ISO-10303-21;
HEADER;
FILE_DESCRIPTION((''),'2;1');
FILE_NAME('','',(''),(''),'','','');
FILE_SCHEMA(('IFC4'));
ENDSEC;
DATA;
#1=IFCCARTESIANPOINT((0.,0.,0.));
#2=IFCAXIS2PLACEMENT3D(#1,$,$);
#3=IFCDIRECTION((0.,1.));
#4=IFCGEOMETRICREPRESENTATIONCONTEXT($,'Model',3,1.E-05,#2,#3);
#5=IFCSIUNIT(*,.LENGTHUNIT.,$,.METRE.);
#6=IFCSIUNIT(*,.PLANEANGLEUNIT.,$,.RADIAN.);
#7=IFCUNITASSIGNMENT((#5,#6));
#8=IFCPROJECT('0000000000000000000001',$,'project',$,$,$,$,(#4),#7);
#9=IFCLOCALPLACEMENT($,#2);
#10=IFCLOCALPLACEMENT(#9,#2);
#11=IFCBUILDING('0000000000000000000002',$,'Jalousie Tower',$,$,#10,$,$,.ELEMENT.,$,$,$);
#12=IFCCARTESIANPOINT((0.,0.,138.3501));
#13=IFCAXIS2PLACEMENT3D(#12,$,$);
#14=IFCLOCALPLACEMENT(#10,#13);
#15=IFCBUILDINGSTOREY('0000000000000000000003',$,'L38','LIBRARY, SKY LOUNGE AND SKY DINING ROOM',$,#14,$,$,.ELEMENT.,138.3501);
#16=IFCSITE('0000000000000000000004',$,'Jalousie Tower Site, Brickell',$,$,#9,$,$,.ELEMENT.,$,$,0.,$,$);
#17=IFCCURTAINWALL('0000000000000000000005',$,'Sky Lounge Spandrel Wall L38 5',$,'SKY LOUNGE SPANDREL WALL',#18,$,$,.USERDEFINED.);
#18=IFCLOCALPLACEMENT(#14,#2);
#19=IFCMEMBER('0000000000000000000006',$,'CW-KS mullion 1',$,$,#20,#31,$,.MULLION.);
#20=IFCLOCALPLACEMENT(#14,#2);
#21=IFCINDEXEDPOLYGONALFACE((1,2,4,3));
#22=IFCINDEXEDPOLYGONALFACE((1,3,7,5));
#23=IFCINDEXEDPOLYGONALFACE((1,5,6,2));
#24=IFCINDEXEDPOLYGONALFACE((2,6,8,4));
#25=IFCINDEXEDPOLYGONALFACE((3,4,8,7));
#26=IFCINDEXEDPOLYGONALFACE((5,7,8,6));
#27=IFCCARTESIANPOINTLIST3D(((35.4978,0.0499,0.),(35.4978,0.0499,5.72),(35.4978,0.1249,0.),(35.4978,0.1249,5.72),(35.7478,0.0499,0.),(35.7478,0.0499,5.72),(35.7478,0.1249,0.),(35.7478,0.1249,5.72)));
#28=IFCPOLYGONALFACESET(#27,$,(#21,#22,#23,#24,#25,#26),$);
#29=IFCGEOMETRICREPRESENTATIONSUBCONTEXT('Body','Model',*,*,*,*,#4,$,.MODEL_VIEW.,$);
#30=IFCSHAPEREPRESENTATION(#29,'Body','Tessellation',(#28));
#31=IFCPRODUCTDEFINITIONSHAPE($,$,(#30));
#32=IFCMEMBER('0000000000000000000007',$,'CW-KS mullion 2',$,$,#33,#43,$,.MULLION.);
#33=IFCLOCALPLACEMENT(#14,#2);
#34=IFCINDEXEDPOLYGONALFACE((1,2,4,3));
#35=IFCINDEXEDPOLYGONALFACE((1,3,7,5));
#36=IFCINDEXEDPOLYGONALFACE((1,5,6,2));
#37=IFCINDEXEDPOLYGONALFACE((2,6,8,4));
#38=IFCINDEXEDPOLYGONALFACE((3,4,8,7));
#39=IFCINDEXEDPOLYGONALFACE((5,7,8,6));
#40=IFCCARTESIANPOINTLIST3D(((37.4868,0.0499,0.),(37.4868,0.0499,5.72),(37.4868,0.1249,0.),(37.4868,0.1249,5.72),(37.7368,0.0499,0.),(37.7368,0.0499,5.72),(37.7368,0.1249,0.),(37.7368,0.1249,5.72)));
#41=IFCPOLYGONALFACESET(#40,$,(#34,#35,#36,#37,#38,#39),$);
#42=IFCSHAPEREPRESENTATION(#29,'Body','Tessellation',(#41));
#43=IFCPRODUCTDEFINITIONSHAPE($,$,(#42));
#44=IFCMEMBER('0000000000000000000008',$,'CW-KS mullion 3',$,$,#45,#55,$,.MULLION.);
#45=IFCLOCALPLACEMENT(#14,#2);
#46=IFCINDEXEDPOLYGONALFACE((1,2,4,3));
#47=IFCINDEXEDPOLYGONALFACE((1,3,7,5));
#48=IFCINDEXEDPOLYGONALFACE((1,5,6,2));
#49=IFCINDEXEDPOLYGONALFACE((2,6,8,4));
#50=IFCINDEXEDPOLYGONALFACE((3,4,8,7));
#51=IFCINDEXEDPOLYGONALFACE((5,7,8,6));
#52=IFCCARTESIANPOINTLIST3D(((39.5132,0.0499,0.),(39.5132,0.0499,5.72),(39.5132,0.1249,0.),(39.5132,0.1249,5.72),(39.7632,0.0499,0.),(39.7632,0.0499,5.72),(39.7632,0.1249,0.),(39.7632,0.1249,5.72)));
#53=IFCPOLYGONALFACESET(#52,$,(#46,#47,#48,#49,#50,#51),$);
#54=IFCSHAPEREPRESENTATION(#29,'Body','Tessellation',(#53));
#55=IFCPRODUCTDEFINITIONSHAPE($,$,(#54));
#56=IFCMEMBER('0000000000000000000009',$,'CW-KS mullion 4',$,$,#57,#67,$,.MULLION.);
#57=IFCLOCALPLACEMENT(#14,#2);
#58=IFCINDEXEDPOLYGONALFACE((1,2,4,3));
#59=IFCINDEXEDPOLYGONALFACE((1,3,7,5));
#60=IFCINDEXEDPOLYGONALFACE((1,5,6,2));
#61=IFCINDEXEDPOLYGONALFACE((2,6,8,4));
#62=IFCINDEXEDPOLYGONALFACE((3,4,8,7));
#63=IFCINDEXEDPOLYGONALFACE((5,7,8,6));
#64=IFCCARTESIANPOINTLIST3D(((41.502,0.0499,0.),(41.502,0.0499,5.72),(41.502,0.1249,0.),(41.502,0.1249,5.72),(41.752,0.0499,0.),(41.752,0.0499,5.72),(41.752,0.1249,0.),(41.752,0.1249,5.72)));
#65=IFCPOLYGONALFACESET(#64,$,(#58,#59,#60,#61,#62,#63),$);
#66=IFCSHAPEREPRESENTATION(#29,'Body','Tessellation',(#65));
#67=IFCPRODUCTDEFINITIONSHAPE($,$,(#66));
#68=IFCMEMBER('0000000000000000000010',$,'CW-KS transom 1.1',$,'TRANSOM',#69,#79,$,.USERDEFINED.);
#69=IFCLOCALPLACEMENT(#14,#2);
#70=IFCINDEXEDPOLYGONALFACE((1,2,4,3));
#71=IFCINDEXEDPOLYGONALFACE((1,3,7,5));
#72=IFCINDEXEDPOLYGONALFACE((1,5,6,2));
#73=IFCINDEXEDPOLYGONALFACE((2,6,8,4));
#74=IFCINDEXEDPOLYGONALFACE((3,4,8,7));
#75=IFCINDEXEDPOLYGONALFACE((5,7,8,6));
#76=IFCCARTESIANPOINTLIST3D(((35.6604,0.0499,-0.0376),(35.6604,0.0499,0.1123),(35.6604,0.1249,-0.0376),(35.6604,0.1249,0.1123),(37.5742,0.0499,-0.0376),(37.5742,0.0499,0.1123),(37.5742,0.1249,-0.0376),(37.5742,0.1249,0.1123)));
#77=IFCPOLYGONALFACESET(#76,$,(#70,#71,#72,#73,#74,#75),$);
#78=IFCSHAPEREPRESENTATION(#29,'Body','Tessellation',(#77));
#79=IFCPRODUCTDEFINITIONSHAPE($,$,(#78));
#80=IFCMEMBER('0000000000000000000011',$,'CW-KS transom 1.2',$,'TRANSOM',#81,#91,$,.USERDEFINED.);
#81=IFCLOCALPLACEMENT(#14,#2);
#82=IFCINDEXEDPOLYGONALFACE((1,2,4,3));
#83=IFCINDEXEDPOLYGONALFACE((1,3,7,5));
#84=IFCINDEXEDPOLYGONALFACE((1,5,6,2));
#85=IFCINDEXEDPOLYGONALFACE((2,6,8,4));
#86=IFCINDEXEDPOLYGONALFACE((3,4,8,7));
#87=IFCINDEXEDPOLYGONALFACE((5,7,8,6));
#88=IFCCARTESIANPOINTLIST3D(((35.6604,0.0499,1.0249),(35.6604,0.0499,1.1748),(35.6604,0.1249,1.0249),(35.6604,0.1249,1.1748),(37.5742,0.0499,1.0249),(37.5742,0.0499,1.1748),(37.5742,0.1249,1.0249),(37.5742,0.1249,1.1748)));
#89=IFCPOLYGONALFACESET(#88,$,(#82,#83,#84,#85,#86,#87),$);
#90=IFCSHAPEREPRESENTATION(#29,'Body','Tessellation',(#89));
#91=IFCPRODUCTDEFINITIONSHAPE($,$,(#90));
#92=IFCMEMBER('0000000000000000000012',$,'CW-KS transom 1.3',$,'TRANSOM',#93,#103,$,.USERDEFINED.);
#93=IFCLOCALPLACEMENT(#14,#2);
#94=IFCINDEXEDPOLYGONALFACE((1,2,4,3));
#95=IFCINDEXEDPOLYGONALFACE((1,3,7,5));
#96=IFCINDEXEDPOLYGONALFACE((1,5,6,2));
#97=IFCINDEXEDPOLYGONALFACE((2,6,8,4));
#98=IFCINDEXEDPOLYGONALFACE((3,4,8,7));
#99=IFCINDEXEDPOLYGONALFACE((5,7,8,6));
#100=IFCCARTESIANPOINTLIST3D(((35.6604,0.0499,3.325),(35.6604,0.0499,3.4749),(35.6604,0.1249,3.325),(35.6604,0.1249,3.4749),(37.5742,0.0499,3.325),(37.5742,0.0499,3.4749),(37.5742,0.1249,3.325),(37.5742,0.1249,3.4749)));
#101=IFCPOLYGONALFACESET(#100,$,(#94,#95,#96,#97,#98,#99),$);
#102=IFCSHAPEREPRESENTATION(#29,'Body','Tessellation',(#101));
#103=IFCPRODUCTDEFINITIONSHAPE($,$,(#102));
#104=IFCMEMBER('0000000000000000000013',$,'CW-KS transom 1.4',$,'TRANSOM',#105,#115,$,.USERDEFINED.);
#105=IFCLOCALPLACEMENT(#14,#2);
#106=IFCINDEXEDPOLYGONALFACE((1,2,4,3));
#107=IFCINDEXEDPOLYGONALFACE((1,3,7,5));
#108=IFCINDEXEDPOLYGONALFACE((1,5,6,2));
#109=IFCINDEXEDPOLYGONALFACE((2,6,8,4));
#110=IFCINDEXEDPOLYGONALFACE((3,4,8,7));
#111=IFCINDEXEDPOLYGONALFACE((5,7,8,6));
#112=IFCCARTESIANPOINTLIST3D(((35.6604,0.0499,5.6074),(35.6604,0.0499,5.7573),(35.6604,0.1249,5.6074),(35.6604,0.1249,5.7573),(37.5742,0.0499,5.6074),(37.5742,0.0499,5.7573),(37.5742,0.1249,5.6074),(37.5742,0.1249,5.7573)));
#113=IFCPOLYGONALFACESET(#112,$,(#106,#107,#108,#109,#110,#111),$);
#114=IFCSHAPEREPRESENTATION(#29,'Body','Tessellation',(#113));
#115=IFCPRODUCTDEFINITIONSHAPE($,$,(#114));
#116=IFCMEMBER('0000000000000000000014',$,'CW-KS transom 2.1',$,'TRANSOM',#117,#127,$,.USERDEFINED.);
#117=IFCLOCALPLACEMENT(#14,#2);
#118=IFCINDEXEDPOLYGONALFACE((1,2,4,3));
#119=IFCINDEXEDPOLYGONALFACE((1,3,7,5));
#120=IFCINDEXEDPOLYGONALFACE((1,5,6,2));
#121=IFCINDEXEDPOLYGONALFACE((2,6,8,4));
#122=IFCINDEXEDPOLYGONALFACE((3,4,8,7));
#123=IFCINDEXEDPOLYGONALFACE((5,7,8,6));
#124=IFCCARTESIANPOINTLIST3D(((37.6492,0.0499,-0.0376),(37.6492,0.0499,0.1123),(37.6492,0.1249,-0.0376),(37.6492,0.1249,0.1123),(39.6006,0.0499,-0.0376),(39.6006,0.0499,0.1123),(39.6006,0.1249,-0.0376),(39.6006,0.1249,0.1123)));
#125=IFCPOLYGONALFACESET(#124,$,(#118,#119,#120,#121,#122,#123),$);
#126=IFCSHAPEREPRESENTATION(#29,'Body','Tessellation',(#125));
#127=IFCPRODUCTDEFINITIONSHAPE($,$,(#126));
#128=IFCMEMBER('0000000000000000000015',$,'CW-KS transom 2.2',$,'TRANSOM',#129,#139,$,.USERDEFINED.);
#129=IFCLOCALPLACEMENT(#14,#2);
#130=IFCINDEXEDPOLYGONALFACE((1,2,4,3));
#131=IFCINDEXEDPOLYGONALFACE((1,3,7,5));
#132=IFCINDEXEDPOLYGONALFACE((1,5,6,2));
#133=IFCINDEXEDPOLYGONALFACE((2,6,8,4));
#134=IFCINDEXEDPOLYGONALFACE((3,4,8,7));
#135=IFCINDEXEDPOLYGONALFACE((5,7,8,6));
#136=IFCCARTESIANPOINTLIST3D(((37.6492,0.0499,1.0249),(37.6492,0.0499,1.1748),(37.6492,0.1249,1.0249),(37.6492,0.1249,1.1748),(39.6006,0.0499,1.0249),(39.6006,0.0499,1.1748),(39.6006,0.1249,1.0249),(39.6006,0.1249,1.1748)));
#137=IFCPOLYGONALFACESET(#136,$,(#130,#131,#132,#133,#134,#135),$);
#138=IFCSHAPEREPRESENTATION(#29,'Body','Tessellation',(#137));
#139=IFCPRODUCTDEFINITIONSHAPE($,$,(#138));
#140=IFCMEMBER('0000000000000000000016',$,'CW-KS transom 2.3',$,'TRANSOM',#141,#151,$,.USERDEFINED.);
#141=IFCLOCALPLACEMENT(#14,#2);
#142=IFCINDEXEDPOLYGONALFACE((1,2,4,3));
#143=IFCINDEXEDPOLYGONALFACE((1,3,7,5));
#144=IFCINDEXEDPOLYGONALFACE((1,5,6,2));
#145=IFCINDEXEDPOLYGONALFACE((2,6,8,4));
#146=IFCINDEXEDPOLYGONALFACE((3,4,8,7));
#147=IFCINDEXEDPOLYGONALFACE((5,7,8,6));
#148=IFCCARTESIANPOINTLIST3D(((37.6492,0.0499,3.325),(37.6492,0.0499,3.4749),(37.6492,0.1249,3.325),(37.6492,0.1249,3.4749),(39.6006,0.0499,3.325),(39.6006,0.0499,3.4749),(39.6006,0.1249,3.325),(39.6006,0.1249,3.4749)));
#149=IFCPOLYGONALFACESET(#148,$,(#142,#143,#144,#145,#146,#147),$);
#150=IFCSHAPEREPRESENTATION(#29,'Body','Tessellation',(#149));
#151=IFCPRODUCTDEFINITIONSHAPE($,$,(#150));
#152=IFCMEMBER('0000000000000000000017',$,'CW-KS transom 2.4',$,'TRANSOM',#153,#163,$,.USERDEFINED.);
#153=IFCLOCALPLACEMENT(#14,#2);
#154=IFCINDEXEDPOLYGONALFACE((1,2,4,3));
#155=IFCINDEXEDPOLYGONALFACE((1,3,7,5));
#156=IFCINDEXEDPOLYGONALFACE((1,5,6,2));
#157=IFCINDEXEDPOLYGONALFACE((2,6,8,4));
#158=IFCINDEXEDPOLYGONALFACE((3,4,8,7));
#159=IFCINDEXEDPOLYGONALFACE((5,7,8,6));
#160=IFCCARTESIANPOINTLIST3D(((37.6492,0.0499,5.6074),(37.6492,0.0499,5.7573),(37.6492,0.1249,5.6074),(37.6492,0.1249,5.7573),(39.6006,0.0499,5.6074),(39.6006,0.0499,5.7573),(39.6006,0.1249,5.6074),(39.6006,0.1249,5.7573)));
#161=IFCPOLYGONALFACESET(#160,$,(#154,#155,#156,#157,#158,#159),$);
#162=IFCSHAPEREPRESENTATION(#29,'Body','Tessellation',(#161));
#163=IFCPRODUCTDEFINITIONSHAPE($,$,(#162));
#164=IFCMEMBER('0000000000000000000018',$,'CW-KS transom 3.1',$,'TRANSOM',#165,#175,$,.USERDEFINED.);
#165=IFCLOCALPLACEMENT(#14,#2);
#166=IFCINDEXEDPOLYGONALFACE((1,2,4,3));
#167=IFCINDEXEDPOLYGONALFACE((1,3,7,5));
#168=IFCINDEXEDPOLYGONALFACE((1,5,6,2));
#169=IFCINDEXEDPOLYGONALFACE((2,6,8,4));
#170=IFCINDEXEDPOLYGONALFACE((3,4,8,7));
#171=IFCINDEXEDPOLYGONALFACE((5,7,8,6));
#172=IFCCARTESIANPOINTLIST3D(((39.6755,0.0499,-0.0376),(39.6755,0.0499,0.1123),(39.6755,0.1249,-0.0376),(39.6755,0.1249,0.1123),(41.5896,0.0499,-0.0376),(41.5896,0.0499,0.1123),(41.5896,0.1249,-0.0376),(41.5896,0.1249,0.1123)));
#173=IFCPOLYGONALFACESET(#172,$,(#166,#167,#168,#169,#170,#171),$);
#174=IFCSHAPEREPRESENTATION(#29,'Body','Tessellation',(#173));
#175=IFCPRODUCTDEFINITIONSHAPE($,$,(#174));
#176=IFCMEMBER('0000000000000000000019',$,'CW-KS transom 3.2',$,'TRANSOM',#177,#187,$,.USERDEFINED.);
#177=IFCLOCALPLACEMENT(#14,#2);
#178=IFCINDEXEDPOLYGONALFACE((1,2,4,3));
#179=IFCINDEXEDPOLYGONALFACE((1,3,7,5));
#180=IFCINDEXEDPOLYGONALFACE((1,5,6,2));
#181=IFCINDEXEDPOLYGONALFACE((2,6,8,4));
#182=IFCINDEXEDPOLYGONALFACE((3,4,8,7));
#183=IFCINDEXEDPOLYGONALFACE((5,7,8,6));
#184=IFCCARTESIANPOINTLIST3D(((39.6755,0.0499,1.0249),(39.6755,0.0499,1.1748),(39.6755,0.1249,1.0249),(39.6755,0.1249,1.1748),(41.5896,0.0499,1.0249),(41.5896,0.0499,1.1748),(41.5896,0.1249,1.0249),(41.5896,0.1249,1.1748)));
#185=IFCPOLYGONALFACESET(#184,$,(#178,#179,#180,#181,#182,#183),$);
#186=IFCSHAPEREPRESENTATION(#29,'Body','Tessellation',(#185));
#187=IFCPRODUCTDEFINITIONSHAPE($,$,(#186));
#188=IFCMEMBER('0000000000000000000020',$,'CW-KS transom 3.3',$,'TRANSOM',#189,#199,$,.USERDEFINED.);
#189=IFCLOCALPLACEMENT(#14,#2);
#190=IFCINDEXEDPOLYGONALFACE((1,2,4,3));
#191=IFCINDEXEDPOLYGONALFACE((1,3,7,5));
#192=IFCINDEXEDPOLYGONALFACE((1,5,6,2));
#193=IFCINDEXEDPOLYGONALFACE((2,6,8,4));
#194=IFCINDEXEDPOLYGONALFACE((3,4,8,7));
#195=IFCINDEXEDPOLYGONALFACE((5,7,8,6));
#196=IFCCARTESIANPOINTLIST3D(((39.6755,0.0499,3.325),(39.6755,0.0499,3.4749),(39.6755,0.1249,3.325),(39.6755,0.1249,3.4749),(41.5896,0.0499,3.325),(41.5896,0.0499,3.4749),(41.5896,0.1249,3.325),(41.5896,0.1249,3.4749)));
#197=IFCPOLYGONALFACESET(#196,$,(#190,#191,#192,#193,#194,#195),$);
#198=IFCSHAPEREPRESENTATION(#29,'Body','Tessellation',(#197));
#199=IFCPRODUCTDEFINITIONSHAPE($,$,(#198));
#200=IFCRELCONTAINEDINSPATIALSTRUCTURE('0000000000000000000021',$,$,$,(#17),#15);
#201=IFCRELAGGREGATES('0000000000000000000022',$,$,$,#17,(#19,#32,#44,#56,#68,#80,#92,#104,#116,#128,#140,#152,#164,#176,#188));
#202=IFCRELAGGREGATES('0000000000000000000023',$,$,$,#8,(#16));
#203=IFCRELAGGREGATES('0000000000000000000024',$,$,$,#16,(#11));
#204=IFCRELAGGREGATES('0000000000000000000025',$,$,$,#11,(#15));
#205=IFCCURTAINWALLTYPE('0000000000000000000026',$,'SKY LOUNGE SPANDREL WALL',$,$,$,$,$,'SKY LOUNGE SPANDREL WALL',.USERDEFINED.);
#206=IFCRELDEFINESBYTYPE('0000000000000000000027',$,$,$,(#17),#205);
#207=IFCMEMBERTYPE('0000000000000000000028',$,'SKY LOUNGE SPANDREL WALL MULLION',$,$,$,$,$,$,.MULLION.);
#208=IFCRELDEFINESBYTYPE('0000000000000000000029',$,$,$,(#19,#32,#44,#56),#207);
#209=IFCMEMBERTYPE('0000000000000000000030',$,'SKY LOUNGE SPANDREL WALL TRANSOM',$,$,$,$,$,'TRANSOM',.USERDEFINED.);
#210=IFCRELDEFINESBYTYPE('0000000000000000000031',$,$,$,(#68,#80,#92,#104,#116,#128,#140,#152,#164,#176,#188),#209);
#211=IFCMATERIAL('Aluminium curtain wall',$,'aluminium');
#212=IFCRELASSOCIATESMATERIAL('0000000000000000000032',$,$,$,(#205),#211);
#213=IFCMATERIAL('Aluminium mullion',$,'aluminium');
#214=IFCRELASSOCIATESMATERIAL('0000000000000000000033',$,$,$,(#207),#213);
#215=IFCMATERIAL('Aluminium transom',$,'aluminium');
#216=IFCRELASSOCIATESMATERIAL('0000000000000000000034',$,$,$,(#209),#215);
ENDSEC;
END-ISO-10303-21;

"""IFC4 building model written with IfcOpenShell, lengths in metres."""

from ifc_helpers import new_model, si_unit, direction, frame, origin, origin_2d, place, context, subcontext, project, spatial, rectangle, extrude, material, material_profile, profile_set, type_object, element, aggregate, save


model = new_model("IFC4")

# Units and contexts
model_context = context("Model", 3, precision=1e-05, world=origin(), true_north=direction((0.0, 1.0)))
body_context = subcontext(model_context, "Body", "Model", "MODEL_VIEW")
ifc_project = project(units=[si_unit("LENGTHUNIT", "METRE"), si_unit("PLANEANGLEUNIT", "RADIAN")], contexts=[model_context])

# Site, building, storey
site_placement = place(None, origin())
site = spatial("IfcSite", under=ifc_project, at=site_placement, Name="Jalousie Tower Site, Brickell", CompositionType="ELEMENT", RefElevation=0.0)
building_placement = place(site_placement, origin())
building = spatial("IfcBuilding", under=site, at=building_placement, Name="Jalousie Tower", CompositionType="ELEMENT")
storey_placement = place(building_placement, frame((0.0, 0.0, 138.3501)))
storey = spatial("IfcBuildingStorey", under=building, at=storey_placement, Name="L38", Description="LIBRARY, SKY LOUNGE AND SKY DINING ROOM", CompositionType="ELEMENT", Elevation=138.3501)

# Curtain wall, members
ifc_material_1 = material(Name="Aluminium curtain wall", Category="aluminium")
curtain_wall_type_1 = type_object("IfcCurtainWallType", Name="SKY LOUNGE SPANDREL WALL", ElementType="SKY LOUNGE SPANDREL WALL", PredefinedType="USERDEFINED", material=ifc_material_1)
curtain_wall_1_placement = place(storey_placement, origin())
curtain_wall_1 = element("IfcCurtainWall", 1, at=curtain_wall_1_placement, inside=storey, type_object=curtain_wall_type_1, Name="Sky Lounge Spandrel Wall L38 5", ObjectType="SKY LOUNGE SPANDREL WALL", PredefinedType="USERDEFINED")
ifc_material_2 = material(Name="Aluminium mullion", Category="aluminium")
ifc_material_profile_1 = material_profile(ifc_material_2, rectangle(XDim=0.075, YDim=0.25, at=origin_2d()), Name="MULLION 75x250")
ifc_profile_set_1 = profile_set([ifc_material_profile_1], Name="Aluminium mullion")
member_type_1 = type_object("IfcMemberType", Name="SKY LOUNGE SPANDREL WALL MULLION", PredefinedType="MULLION", material=ifc_profile_set_1)
member_1_placement = place(storey_placement, frame((35.6228, 0.0874, 0.0), z_axis=(0.0, 0.0, 1.0), x_axis=(0.0, 1.0, 0.0)))
member_1 = element("IfcMember", 2, at=member_1_placement, type_object=member_type_1, Name="CW-KS mullion 1", PredefinedType="MULLION", context=body_context, shape_type="SweptSolid", body=[
    extrude(rectangle(XDim=0.075, YDim=0.25, at=origin_2d()), origin(), (0.0, 0.0, 1.0), 5.72),
])
member_2_placement = place(storey_placement, frame((37.6118, 0.0874, 0.0), z_axis=(0.0, 0.0, 1.0), x_axis=(0.0, 1.0, 0.0)))
member_2 = element("IfcMember", 3, at=member_2_placement, type_object=member_type_1, Name="CW-KS mullion 2", PredefinedType="MULLION", context=body_context, shape_type="SweptSolid", body=[
    extrude(rectangle(XDim=0.075, YDim=0.25, at=origin_2d()), origin(), (0.0, 0.0, 1.0), 5.72),
])
member_3_placement = place(storey_placement, frame((39.6382, 0.0874, 0.0), z_axis=(0.0, 0.0, 1.0), x_axis=(0.0, 1.0, 0.0)))
member_3 = element("IfcMember", 4, at=member_3_placement, type_object=member_type_1, Name="CW-KS mullion 3", PredefinedType="MULLION", context=body_context, shape_type="SweptSolid", body=[
    extrude(rectangle(XDim=0.075, YDim=0.25, at=origin_2d()), origin(), (0.0, 0.0, 1.0), 5.72),
])
member_4_placement = place(storey_placement, frame((41.627, 0.0874, 0.0), z_axis=(0.0, 0.0, 1.0), x_axis=(0.0, 1.0, 0.0)))
member_4 = element("IfcMember", 5, at=member_4_placement, type_object=member_type_1, Name="CW-KS mullion 4", PredefinedType="MULLION", context=body_context, shape_type="SweptSolid", body=[
    extrude(rectangle(XDim=0.075, YDim=0.25, at=origin_2d()), origin(), (0.0, 0.0, 1.0), 5.72),
])
ifc_material_3 = material(Name="Aluminium transom", Category="aluminium")
ifc_material_profile_2 = material_profile(ifc_material_3, rectangle(XDim=0.075, YDim=0.1499, at=origin_2d()), Name="TRANSOM 75x150")
ifc_profile_set_2 = profile_set([ifc_material_profile_2], Name="Aluminium transom")
member_type_2 = type_object("IfcMemberType", Name="SKY LOUNGE SPANDREL WALL TRANSOM", ElementType="TRANSOM", PredefinedType="USERDEFINED", material=ifc_profile_set_2)
member_5_placement = place(storey_placement, frame((35.6604, 0.0874, 0.0374), z_axis=(1.0, 0.0, 0.0), x_axis=(0.0, 1.0, 0.0)))
member_5 = element("IfcMember", 6, at=member_5_placement, type_object=member_type_2, Name="CW-KS transom 1.1", ObjectType="TRANSOM", PredefinedType="USERDEFINED", context=body_context, shape_type="SweptSolid", body=[
    extrude(rectangle(XDim=0.075, YDim=0.1499, at=origin_2d()), origin(), (0.0, 0.0, 1.0), 1.9138),
])
member_6_placement = place(storey_placement, frame((35.6604, 0.0874, 1.0999), z_axis=(1.0, 0.0, 0.0), x_axis=(0.0, 1.0, 0.0)))
member_6 = element("IfcMember", 7, at=member_6_placement, type_object=member_type_2, Name="CW-KS transom 1.2", ObjectType="TRANSOM", PredefinedType="USERDEFINED", context=body_context, shape_type="SweptSolid", body=[
    extrude(rectangle(XDim=0.075, YDim=0.1499, at=origin_2d()), origin(), (0.0, 0.0, 1.0), 1.9138),
])
member_7_placement = place(storey_placement, frame((35.6604, 0.0874, 3.3999), z_axis=(1.0, 0.0, 0.0), x_axis=(0.0, 1.0, 0.0)))
member_7 = element("IfcMember", 8, at=member_7_placement, type_object=member_type_2, Name="CW-KS transom 1.3", ObjectType="TRANSOM", PredefinedType="USERDEFINED", context=body_context, shape_type="SweptSolid", body=[
    extrude(rectangle(XDim=0.075, YDim=0.1499, at=origin_2d()), origin(), (0.0, 0.0, 1.0), 1.9138),
])
member_8_placement = place(storey_placement, frame((35.6604, 0.0874, 5.6824), z_axis=(1.0, 0.0, 0.0), x_axis=(0.0, 1.0, 0.0)))
member_8 = element("IfcMember", 9, at=member_8_placement, type_object=member_type_2, Name="CW-KS transom 1.4", ObjectType="TRANSOM", PredefinedType="USERDEFINED", context=body_context, shape_type="SweptSolid", body=[
    extrude(rectangle(XDim=0.075, YDim=0.1499, at=origin_2d()), origin(), (0.0, 0.0, 1.0), 1.9138),
])
member_9_placement = place(storey_placement, frame((37.6492, 0.0874, 0.0374), z_axis=(1.0, 0.0, 0.0), x_axis=(0.0, 1.0, 0.0)))
member_9 = element("IfcMember", 10, at=member_9_placement, type_object=member_type_2, Name="CW-KS transom 2.1", ObjectType="TRANSOM", PredefinedType="USERDEFINED", context=body_context, shape_type="SweptSolid", body=[
    extrude(rectangle(XDim=0.075, YDim=0.1499, at=origin_2d()), origin(), (0.0, 0.0, 1.0), 1.9514),
])
member_10_placement = place(storey_placement, frame((37.6492, 0.0874, 1.0999), z_axis=(1.0, 0.0, 0.0), x_axis=(0.0, 1.0, 0.0)))
member_10 = element("IfcMember", 11, at=member_10_placement, type_object=member_type_2, Name="CW-KS transom 2.2", ObjectType="TRANSOM", PredefinedType="USERDEFINED", context=body_context, shape_type="SweptSolid", body=[
    extrude(rectangle(XDim=0.075, YDim=0.1499, at=origin_2d()), origin(), (0.0, 0.0, 1.0), 1.9514),
])
member_11_placement = place(storey_placement, frame((37.6492, 0.0874, 3.3999), z_axis=(1.0, 0.0, 0.0), x_axis=(0.0, 1.0, 0.0)))
member_11 = element("IfcMember", 12, at=member_11_placement, type_object=member_type_2, Name="CW-KS transom 2.3", ObjectType="TRANSOM", PredefinedType="USERDEFINED", context=body_context, shape_type="SweptSolid", body=[
    extrude(rectangle(XDim=0.075, YDim=0.1499, at=origin_2d()), origin(), (0.0, 0.0, 1.0), 1.9514),
])
member_12_placement = place(storey_placement, frame((37.6492, 0.0874, 5.6824), z_axis=(1.0, 0.0, 0.0), x_axis=(0.0, 1.0, 0.0)))
member_12 = element("IfcMember", 13, at=member_12_placement, type_object=member_type_2, Name="CW-KS transom 2.4", ObjectType="TRANSOM", PredefinedType="USERDEFINED", context=body_context, shape_type="SweptSolid", body=[
    extrude(rectangle(XDim=0.075, YDim=0.1499, at=origin_2d()), origin(), (0.0, 0.0, 1.0), 1.9514),
])
member_13_placement = place(storey_placement, frame((39.6755, 0.0874, 0.0374), z_axis=(1.0, 0.0, 0.0), x_axis=(0.0, 1.0, 0.0)))
member_13 = element("IfcMember", 14, at=member_13_placement, type_object=member_type_2, Name="CW-KS transom 3.1", ObjectType="TRANSOM", PredefinedType="USERDEFINED", context=body_context, shape_type="SweptSolid", body=[
    extrude(rectangle(XDim=0.075, YDim=0.1499, at=origin_2d()), origin(), (0.0, 0.0, 1.0), 1.9141),
])
member_14_placement = place(storey_placement, frame((39.6755, 0.0874, 1.0999), z_axis=(1.0, 0.0, 0.0), x_axis=(0.0, 1.0, 0.0)))
member_14 = element("IfcMember", 15, at=member_14_placement, type_object=member_type_2, Name="CW-KS transom 3.2", ObjectType="TRANSOM", PredefinedType="USERDEFINED", context=body_context, shape_type="SweptSolid", body=[
    extrude(rectangle(XDim=0.075, YDim=0.1499, at=origin_2d()), origin(), (0.0, 0.0, 1.0), 1.9141),
])
member_15_placement = place(storey_placement, frame((39.6755, 0.0874, 3.3999), z_axis=(1.0, 0.0, 0.0), x_axis=(0.0, 1.0, 0.0)))
member_15 = element("IfcMember", 16, at=member_15_placement, type_object=member_type_2, Name="CW-KS transom 3.3", ObjectType="TRANSOM", PredefinedType="USERDEFINED", context=body_context, shape_type="SweptSolid", body=[
    extrude(rectangle(XDim=0.075, YDim=0.1499, at=origin_2d()), origin(), (0.0, 0.0, 1.0), 1.9141),
])

aggregate(curtain_wall_1, [member_1, member_2, member_3, member_4, member_5, member_6, member_7, member_8, member_9, member_10, member_11, member_12, member_13, member_14, member_15])

save(model, "model.ifc")
